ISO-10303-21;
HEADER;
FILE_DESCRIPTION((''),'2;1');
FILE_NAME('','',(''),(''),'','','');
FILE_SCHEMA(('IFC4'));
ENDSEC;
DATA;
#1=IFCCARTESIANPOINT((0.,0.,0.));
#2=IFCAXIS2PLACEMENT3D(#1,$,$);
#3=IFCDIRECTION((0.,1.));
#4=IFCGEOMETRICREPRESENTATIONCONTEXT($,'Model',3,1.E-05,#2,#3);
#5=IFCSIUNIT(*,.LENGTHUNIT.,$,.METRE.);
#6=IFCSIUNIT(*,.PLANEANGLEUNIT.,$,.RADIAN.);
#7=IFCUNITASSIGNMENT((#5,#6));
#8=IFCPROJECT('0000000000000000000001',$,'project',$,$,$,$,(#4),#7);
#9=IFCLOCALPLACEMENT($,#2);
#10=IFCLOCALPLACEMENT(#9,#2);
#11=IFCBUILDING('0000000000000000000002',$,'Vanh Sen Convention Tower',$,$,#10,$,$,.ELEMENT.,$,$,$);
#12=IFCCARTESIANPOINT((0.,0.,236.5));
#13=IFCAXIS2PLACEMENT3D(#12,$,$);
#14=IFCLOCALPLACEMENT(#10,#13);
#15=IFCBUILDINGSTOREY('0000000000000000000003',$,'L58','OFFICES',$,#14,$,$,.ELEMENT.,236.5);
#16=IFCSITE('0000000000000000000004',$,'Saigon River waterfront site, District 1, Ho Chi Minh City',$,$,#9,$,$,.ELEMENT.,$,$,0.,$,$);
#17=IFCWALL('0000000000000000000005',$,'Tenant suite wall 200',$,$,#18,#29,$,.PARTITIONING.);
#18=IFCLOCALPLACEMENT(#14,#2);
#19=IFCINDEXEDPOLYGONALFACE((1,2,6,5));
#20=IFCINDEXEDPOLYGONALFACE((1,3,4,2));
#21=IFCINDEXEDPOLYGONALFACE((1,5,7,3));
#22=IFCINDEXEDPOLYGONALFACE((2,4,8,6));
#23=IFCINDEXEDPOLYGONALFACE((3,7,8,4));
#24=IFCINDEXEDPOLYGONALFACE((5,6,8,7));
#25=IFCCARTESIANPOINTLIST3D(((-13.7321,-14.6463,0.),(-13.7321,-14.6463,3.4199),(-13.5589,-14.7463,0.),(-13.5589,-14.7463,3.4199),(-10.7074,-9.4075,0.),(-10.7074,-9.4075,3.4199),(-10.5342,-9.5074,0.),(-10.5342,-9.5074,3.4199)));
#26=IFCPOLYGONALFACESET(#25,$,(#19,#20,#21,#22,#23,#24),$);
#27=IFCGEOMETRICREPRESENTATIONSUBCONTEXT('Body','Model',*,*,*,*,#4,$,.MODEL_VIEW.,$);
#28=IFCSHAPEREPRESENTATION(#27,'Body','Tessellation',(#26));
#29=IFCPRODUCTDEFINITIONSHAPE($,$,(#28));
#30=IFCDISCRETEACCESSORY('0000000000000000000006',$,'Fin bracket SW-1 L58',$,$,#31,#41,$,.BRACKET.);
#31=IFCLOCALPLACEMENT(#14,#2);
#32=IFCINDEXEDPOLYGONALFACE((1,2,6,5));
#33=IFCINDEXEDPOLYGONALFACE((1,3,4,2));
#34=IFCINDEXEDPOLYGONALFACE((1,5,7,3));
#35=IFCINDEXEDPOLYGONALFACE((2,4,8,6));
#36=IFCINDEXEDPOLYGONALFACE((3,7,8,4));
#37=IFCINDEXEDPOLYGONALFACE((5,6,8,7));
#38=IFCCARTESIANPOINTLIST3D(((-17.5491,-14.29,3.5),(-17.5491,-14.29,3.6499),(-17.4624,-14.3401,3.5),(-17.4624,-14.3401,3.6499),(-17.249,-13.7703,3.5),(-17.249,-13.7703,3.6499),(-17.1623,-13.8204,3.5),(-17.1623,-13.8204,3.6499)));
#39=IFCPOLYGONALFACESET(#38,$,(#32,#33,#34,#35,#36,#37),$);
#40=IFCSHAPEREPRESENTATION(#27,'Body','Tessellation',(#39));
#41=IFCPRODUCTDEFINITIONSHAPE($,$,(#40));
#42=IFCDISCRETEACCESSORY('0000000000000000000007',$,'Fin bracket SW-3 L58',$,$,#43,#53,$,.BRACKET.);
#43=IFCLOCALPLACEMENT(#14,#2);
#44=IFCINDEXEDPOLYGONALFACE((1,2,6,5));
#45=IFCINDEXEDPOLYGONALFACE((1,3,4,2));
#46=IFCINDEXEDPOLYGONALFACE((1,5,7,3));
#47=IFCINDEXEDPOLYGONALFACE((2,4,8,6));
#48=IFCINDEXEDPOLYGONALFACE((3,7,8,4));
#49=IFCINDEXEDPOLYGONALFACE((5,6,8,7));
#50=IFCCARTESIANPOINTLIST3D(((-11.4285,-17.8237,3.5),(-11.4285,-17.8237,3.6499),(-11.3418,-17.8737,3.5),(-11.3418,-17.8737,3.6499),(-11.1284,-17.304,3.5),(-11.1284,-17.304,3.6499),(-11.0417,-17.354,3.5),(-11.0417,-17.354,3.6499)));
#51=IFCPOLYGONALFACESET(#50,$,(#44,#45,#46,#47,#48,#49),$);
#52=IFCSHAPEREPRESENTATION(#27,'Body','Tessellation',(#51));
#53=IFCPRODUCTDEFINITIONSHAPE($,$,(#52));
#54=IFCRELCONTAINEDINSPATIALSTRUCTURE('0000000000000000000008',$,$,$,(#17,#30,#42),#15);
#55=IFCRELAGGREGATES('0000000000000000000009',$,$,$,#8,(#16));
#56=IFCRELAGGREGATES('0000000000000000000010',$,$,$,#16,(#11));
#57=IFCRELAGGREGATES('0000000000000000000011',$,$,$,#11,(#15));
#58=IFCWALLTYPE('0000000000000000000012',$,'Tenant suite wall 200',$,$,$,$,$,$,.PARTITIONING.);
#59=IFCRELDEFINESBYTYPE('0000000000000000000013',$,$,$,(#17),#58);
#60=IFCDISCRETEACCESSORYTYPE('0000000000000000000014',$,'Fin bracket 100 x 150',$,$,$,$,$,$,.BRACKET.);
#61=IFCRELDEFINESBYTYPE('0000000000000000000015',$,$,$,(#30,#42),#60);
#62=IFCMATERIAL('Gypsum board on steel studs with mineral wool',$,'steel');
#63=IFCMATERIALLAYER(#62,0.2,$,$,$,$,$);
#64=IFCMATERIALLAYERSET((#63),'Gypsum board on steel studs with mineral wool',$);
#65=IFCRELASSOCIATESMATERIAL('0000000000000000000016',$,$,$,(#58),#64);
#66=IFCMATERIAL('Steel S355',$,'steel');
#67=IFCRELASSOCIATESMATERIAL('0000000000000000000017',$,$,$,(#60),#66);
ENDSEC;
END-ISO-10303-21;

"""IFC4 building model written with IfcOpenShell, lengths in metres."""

from ifc_helpers import new_model, si_unit, direction, frame, frame_2d, origin, origin_2d, place, context, subcontext, project, spatial, rectangle, extrude, material, layer, layer_set, type_object, element, save


model = new_model("IFC4")

# Units and contexts
model_context = context("Model", 3, precision=1e-05, world=origin(), true_north=direction((0.0, 1.0)))
body_context = subcontext(model_context, "Body", "Model", "MODEL_VIEW")
ifc_project = project(units=[si_unit("LENGTHUNIT", "METRE"), si_unit("PLANEANGLEUNIT", "RADIAN")], contexts=[model_context])

# Site, building, storey
site_placement = place(None, origin())
site = spatial("IfcSite", under=ifc_project, at=site_placement, Name="Saigon River waterfront site, District 1, Ho Chi Minh City", CompositionType="ELEMENT", RefElevation=0.0)
building_placement = place(site_placement, origin())
building = spatial("IfcBuilding", under=site, at=building_placement, Name="Vanh Sen Convention Tower", CompositionType="ELEMENT")
storey_placement = place(building_placement, frame((0.0, 0.0, 236.5)))
storey = spatial("IfcBuildingStorey", under=building, at=storey_placement, Name="L58", Description="OFFICES", CompositionType="ELEMENT", Elevation=236.5)

# Shared definitions
ifc_material_1 = material(Name="Gypsum board on steel studs with mineral wool", Category="steel")

# Wall
ifc_layer_1 = layer(ifc_material_1, 0.2)
ifc_layer_set_1 = layer_set([ifc_layer_1], Name="Gypsum board on steel studs with mineral wool")
wall_type_1 = type_object("IfcWallType", Name="Tenant suite wall 200", PredefinedType="PARTITIONING", material=ifc_layer_set_1)
wall_1_placement = place(storey_placement, frame((-13.6455, -14.6963, 0.0), z_axis=(0.0, 0.0, 1.0), x_axis=(0.500007, 0.866022, 0.0)))
element("IfcWall", 1, at=wall_1_placement, inside=storey, type_object=wall_type_1, Name="Tenant suite wall 200", PredefinedType="PARTITIONING", context=body_context, shape_type="SweptSolid", body=[
    extrude(rectangle(XDim=6.0493, YDim=0.2, at=frame_2d((3.0247, 0.0))), origin(), (0.0, 0.0, 1.0), 3.4199),
])

# Discrete accessories
ifc_material_2 = material(Name="Steel S355", Category="steel")
discrete_accessory_type = type_object("IfcDiscreteAccessoryType", Name="Fin bracket 100 x 150", PredefinedType="BRACKET", material=ifc_material_2)
for number, where, z_axis, x_axis, name in (
    (2, (-17.3557, -14.0552, 3.5), (0.0, 0.0, 1.0), (-0.5, -0.866025, 0.0), "Fin bracket SW-1 L58"),
    (3, (-11.2351, -17.5889, 3.5), (0.0, 0.0, 1.0), (-0.5, -0.866025, 0.0), "Fin bracket SW-3 L58"),
):
    element("IfcDiscreteAccessory", number, at=place(storey_placement, frame(where, z_axis=z_axis, x_axis=x_axis)), inside=storey, type_object=discrete_accessory_type, Name=name, PredefinedType="BRACKET", context=body_context, shape_type="SweptSolid", body=[
        extrude(rectangle(XDim=0.6001, YDim=0.1001, at=origin_2d()), origin(), (0.0, 0.0, 1.0), 0.1499),
    ])

save(model, "model.ifc")
